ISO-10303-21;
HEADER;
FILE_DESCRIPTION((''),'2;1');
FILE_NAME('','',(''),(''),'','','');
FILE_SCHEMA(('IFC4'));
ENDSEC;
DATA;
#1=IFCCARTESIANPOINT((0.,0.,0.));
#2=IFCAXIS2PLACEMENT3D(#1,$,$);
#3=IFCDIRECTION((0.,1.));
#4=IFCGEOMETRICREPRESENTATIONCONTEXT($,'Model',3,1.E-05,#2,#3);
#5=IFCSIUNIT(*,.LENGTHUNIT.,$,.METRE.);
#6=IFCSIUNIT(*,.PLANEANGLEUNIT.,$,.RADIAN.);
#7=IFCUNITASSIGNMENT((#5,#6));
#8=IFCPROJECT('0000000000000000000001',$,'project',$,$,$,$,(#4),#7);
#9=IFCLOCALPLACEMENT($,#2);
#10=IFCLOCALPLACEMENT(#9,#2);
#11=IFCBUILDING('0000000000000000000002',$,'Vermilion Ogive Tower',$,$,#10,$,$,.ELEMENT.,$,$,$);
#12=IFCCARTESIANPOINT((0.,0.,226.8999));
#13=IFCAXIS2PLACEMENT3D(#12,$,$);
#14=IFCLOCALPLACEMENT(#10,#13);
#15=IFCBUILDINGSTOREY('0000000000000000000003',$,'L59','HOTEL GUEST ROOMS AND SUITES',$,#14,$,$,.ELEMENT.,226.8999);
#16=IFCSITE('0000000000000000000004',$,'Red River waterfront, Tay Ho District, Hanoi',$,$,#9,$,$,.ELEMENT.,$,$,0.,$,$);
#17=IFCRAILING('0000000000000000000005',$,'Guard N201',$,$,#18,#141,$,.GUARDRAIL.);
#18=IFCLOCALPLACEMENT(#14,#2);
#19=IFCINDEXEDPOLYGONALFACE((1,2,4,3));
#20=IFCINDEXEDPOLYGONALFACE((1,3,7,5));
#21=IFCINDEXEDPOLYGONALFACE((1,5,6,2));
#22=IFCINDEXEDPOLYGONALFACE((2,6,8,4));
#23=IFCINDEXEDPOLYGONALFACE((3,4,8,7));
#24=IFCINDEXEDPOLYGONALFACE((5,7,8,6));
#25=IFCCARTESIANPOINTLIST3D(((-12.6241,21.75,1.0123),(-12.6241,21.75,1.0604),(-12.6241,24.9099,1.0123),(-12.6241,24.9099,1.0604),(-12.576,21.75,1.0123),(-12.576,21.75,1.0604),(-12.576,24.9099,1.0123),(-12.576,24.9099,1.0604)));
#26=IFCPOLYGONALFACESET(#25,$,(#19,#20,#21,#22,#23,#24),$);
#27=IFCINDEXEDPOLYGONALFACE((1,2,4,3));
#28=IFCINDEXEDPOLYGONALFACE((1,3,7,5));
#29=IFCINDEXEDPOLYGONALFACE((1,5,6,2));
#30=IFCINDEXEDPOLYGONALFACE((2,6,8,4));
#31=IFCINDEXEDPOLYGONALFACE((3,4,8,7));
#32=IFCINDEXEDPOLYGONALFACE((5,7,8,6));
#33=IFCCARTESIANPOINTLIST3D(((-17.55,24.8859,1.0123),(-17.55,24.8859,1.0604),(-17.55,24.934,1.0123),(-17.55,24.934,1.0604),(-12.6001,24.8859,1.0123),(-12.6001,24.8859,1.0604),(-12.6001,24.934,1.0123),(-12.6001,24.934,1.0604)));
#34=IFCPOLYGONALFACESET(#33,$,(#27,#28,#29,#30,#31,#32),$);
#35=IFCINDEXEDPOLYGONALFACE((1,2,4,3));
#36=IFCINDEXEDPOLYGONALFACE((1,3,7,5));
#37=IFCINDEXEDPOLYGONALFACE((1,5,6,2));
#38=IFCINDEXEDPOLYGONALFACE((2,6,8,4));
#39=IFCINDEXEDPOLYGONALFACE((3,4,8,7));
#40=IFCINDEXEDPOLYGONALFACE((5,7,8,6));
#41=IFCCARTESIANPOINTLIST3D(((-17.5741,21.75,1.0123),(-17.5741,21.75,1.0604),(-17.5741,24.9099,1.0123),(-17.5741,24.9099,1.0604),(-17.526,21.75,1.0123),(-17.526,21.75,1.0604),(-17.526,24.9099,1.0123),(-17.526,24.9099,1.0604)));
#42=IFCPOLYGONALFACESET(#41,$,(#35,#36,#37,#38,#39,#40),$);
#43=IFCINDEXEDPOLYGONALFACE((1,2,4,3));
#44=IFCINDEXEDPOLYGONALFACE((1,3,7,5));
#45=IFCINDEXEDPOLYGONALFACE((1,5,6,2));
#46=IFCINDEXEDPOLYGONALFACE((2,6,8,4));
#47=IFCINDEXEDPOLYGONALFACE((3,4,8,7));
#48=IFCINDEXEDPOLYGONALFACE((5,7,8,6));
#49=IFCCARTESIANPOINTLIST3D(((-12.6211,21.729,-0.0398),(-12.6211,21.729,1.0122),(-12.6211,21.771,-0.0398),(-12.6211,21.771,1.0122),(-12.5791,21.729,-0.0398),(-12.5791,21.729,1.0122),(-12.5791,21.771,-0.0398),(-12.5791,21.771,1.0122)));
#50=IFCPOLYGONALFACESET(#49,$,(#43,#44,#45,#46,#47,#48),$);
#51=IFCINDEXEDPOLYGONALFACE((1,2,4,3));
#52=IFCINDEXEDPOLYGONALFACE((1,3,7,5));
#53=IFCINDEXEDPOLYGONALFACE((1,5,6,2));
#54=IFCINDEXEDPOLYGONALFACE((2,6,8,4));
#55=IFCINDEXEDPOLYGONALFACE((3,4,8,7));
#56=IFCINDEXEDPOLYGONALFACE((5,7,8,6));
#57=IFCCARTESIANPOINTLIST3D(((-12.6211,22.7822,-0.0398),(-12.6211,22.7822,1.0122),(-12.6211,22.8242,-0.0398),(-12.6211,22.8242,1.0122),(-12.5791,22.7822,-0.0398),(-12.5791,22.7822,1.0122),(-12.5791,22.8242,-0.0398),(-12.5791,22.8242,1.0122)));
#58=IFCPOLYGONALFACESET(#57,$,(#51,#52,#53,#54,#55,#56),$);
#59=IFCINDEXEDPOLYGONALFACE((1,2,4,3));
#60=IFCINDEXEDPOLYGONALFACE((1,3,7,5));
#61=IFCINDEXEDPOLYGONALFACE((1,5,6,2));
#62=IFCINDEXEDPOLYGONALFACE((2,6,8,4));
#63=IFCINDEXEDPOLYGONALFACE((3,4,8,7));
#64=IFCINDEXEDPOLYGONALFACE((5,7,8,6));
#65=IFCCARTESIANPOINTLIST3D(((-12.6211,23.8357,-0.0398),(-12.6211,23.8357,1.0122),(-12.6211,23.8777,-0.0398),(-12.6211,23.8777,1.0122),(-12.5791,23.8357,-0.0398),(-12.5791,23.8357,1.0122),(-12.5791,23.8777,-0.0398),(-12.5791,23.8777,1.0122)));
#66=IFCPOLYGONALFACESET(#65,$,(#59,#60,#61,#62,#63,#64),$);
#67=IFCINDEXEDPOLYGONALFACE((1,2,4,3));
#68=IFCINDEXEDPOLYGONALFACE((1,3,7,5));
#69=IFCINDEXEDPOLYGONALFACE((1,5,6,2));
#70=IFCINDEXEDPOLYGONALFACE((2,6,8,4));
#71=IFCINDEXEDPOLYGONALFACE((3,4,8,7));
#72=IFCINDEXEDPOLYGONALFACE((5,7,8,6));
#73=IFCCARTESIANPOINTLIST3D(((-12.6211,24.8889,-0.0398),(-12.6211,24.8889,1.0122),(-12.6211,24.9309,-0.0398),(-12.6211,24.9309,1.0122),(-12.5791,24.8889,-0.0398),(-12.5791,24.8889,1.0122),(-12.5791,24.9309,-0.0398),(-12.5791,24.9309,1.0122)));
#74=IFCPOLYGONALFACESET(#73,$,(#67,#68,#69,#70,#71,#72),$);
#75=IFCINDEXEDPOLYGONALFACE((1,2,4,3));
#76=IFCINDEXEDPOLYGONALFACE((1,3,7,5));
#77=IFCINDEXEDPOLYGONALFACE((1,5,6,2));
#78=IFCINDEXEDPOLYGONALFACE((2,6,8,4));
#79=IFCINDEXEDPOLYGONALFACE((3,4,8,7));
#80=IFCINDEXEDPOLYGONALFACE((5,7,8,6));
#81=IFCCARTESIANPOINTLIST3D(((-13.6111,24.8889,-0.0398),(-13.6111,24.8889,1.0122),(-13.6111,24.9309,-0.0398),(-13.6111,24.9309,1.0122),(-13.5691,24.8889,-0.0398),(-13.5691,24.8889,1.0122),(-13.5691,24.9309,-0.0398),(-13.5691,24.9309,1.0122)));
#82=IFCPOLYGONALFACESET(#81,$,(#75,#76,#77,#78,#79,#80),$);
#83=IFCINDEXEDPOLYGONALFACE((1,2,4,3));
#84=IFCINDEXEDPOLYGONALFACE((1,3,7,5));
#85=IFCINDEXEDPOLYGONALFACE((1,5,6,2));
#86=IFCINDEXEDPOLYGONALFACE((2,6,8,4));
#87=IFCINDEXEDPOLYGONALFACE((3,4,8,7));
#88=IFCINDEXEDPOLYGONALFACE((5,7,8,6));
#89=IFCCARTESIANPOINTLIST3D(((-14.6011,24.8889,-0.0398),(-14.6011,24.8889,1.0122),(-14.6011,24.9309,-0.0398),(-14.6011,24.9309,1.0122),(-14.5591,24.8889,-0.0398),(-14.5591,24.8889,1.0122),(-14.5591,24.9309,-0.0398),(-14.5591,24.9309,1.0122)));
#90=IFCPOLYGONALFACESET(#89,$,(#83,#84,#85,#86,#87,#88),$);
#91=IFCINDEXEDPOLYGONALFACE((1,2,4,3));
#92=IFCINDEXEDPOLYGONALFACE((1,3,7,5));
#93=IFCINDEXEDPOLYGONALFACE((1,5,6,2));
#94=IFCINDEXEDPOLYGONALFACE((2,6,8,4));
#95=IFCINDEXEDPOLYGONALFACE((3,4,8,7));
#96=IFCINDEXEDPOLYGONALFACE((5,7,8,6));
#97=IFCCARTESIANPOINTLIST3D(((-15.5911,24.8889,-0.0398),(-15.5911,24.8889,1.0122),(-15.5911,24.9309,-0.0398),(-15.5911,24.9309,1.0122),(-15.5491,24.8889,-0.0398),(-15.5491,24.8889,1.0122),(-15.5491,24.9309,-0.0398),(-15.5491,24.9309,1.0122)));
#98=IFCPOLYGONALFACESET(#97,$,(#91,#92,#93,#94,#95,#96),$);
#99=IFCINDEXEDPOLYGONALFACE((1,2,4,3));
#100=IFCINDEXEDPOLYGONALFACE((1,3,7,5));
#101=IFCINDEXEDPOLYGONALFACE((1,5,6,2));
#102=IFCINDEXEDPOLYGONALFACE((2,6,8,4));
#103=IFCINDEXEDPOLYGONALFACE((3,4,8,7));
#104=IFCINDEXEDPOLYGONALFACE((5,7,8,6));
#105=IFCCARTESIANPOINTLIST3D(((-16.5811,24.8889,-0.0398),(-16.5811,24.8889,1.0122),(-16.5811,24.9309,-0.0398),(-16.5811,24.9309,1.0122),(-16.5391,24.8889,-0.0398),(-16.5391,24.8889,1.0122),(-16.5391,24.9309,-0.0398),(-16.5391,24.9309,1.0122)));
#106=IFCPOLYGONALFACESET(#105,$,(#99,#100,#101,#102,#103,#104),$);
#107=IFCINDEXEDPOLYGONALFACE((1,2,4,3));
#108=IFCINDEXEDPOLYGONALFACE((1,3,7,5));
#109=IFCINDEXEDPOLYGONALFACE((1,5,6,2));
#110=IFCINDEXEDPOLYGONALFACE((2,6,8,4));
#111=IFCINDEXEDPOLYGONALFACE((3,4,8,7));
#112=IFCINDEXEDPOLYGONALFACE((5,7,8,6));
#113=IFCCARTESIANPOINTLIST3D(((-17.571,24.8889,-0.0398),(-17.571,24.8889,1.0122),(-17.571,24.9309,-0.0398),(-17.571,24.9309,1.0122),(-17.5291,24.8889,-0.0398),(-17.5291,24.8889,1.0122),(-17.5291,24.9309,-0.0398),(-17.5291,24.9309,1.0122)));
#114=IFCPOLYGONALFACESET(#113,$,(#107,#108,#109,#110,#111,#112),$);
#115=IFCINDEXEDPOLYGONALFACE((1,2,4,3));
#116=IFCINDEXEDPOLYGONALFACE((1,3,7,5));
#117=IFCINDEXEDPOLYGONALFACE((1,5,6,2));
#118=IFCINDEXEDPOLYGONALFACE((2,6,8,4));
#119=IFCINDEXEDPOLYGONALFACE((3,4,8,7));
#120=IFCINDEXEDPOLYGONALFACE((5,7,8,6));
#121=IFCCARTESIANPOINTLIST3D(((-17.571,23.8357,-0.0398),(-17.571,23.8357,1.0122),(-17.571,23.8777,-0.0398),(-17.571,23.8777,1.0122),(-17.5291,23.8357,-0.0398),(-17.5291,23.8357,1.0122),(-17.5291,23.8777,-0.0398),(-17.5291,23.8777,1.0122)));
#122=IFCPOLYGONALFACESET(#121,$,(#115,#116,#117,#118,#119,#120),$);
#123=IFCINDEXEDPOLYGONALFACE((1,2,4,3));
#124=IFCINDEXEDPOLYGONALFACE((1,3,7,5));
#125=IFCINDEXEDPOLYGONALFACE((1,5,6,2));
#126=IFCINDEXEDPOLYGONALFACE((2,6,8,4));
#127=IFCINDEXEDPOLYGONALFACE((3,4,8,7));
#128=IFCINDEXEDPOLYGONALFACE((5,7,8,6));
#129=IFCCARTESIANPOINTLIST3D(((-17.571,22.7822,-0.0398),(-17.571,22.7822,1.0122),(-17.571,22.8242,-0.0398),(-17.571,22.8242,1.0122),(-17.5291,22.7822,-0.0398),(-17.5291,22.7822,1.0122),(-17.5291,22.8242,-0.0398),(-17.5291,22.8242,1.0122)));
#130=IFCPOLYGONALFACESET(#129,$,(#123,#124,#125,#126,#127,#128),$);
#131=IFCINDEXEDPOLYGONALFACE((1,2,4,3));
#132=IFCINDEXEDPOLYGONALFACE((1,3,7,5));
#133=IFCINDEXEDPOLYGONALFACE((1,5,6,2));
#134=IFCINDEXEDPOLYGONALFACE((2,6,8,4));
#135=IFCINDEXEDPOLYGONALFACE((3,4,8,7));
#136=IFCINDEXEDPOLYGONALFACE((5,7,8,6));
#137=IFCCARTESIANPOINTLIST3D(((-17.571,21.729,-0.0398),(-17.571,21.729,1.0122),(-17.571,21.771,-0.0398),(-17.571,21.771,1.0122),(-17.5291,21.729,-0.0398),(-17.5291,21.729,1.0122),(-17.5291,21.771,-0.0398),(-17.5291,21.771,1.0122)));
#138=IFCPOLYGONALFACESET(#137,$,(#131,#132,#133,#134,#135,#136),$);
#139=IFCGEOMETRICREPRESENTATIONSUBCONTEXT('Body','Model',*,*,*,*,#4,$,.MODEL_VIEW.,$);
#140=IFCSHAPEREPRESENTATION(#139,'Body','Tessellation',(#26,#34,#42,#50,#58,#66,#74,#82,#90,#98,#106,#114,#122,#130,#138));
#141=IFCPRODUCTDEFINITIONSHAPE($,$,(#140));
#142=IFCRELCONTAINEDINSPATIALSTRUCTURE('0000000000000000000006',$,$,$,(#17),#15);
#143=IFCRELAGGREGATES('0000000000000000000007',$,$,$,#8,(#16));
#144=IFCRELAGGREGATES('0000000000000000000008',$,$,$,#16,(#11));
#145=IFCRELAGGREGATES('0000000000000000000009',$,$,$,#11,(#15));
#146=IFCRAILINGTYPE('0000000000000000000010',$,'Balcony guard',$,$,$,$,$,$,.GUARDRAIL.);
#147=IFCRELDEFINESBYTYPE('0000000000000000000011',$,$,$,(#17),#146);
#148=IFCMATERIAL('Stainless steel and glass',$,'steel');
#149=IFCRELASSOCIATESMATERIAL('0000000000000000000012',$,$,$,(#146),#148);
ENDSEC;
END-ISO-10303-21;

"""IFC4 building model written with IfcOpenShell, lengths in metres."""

from ifc_helpers import new_model, si_unit, direction, frame, origin, origin_2d, place, context, subcontext, project, spatial, rectangle, extrude, material, type_object, element, save


model = new_model("IFC4")

# Units and contexts
model_context = context("Model", 3, precision=1e-05, world=origin(), true_north=direction((0.0, 1.0)))
body_context = subcontext(model_context, "Body", "Model", "MODEL_VIEW")
ifc_project = project(units=[si_unit("LENGTHUNIT", "METRE"), si_unit("PLANEANGLEUNIT", "RADIAN")], contexts=[model_context])

# Site, building, storey
site_placement = place(None, origin())
site = spatial("IfcSite", under=ifc_project, at=site_placement, Name="Red River waterfront, Tay Ho District, Hanoi", CompositionType="ELEMENT", RefElevation=0.0)
building_placement = place(site_placement, origin())
building = spatial("IfcBuilding", under=site, at=building_placement, Name="Vermilion Ogive Tower", CompositionType="ELEMENT")
storey_placement = place(building_placement, frame((0.0, 0.0, 226.8999)))
storey = spatial("IfcBuildingStorey", under=building, at=storey_placement, Name="L59", Description="HOTEL GUEST ROOMS AND SUITES", CompositionType="ELEMENT", Elevation=226.8999)

# Railing
ifc_material_1 = material(Name="Stainless steel and glass", Category="steel")
railing_type = type_object("IfcRailingType", Name="Balcony guard", PredefinedType="GUARDRAIL", material=ifc_material_1)
railing_placement = place(storey_placement, frame((-12.6001, 21.75, -0.0398)))
element("IfcRailing", 1, at=railing_placement, inside=storey, type_object=railing_type, Name="Guard N201", PredefinedType="GUARDRAIL", context=body_context, shape_type="SweptSolid", body=[
    extrude(rectangle(XDim=0.0481, YDim=0.0481, at=origin_2d()), frame((0.0, 0.0, 1.0762), z_axis=(0.0, 1.0, 0.0), x_axis=(-1.0, 0.0, 0.0)), (0.0, 0.0, 1.0), 3.1599),
    extrude(rectangle(XDim=0.0481, YDim=0.0481, at=origin_2d()), frame((0.0, 3.1599, 1.0762), z_axis=(-1.0, 0.0, 0.0), x_axis=(0.0, -1.0, 0.0)), (0.0, 0.0, 1.0), 4.95),
    extrude(rectangle(XDim=0.0481, YDim=0.0481, at=origin_2d()), frame((-4.95, 3.1599, 1.0762), z_axis=(0.0, -1.0, 0.0), x_axis=(1.0, 0.0, 0.0)), (0.0, 0.0, 1.0), 3.1599),
    extrude(rectangle(XDim=0.042, YDim=0.042, at=origin_2d()), origin(), (0.0, 0.0, 1.0), 1.052),
    extrude(rectangle(XDim=0.042, YDim=0.042, at=origin_2d()), frame((0.0, 1.0532, 0.0)), (0.0, 0.0, 1.0), 1.052),
    extrude(rectangle(XDim=0.042, YDim=0.042, at=origin_2d()), frame((0.0, 2.1067, 0.0)), (0.0, 0.0, 1.0), 1.052),
    extrude(rectangle(XDim=0.042, YDim=0.042, at=origin_2d()), frame((0.0, 3.1599, 0.0)), (0.0, 0.0, 1.0), 1.052),
    extrude(rectangle(XDim=0.042, YDim=0.042, at=origin_2d()), frame((-0.99, 3.1599, 0.0)), (0.0, 0.0, 1.0), 1.052),
    extrude(rectangle(XDim=0.042, YDim=0.042, at=origin_2d()), frame((-1.98, 3.1599, 0.0)), (0.0, 0.0, 1.0), 1.052),
    extrude(rectangle(XDim=0.042, YDim=0.042, at=origin_2d()), frame((-2.97, 3.1599, 0.0)), (0.0, 0.0, 1.0), 1.052),
    extrude(rectangle(XDim=0.042, YDim=0.042, at=origin_2d()), frame((-3.96, 3.1599, 0.0)), (0.0, 0.0, 1.0), 1.052),
    extrude(rectangle(XDim=0.042, YDim=0.042, at=origin_2d()), frame((-4.95, 3.1599, 0.0)), (0.0, 0.0, 1.0), 1.052),
    extrude(rectangle(XDim=0.042, YDim=0.042, at=origin_2d()), frame((-4.95, 2.1067, 0.0)), (0.0, 0.0, 1.0), 1.052),
    extrude(rectangle(XDim=0.042, YDim=0.042, at=origin_2d()), frame((-4.95, 1.0532, 0.0)), (0.0, 0.0, 1.0), 1.052),
    extrude(rectangle(XDim=0.042, YDim=0.042, at=origin_2d()), frame((-4.95, 0.0, 0.0)), (0.0, 0.0, 1.0), 1.052),
])

save(model, "model.ifc")
